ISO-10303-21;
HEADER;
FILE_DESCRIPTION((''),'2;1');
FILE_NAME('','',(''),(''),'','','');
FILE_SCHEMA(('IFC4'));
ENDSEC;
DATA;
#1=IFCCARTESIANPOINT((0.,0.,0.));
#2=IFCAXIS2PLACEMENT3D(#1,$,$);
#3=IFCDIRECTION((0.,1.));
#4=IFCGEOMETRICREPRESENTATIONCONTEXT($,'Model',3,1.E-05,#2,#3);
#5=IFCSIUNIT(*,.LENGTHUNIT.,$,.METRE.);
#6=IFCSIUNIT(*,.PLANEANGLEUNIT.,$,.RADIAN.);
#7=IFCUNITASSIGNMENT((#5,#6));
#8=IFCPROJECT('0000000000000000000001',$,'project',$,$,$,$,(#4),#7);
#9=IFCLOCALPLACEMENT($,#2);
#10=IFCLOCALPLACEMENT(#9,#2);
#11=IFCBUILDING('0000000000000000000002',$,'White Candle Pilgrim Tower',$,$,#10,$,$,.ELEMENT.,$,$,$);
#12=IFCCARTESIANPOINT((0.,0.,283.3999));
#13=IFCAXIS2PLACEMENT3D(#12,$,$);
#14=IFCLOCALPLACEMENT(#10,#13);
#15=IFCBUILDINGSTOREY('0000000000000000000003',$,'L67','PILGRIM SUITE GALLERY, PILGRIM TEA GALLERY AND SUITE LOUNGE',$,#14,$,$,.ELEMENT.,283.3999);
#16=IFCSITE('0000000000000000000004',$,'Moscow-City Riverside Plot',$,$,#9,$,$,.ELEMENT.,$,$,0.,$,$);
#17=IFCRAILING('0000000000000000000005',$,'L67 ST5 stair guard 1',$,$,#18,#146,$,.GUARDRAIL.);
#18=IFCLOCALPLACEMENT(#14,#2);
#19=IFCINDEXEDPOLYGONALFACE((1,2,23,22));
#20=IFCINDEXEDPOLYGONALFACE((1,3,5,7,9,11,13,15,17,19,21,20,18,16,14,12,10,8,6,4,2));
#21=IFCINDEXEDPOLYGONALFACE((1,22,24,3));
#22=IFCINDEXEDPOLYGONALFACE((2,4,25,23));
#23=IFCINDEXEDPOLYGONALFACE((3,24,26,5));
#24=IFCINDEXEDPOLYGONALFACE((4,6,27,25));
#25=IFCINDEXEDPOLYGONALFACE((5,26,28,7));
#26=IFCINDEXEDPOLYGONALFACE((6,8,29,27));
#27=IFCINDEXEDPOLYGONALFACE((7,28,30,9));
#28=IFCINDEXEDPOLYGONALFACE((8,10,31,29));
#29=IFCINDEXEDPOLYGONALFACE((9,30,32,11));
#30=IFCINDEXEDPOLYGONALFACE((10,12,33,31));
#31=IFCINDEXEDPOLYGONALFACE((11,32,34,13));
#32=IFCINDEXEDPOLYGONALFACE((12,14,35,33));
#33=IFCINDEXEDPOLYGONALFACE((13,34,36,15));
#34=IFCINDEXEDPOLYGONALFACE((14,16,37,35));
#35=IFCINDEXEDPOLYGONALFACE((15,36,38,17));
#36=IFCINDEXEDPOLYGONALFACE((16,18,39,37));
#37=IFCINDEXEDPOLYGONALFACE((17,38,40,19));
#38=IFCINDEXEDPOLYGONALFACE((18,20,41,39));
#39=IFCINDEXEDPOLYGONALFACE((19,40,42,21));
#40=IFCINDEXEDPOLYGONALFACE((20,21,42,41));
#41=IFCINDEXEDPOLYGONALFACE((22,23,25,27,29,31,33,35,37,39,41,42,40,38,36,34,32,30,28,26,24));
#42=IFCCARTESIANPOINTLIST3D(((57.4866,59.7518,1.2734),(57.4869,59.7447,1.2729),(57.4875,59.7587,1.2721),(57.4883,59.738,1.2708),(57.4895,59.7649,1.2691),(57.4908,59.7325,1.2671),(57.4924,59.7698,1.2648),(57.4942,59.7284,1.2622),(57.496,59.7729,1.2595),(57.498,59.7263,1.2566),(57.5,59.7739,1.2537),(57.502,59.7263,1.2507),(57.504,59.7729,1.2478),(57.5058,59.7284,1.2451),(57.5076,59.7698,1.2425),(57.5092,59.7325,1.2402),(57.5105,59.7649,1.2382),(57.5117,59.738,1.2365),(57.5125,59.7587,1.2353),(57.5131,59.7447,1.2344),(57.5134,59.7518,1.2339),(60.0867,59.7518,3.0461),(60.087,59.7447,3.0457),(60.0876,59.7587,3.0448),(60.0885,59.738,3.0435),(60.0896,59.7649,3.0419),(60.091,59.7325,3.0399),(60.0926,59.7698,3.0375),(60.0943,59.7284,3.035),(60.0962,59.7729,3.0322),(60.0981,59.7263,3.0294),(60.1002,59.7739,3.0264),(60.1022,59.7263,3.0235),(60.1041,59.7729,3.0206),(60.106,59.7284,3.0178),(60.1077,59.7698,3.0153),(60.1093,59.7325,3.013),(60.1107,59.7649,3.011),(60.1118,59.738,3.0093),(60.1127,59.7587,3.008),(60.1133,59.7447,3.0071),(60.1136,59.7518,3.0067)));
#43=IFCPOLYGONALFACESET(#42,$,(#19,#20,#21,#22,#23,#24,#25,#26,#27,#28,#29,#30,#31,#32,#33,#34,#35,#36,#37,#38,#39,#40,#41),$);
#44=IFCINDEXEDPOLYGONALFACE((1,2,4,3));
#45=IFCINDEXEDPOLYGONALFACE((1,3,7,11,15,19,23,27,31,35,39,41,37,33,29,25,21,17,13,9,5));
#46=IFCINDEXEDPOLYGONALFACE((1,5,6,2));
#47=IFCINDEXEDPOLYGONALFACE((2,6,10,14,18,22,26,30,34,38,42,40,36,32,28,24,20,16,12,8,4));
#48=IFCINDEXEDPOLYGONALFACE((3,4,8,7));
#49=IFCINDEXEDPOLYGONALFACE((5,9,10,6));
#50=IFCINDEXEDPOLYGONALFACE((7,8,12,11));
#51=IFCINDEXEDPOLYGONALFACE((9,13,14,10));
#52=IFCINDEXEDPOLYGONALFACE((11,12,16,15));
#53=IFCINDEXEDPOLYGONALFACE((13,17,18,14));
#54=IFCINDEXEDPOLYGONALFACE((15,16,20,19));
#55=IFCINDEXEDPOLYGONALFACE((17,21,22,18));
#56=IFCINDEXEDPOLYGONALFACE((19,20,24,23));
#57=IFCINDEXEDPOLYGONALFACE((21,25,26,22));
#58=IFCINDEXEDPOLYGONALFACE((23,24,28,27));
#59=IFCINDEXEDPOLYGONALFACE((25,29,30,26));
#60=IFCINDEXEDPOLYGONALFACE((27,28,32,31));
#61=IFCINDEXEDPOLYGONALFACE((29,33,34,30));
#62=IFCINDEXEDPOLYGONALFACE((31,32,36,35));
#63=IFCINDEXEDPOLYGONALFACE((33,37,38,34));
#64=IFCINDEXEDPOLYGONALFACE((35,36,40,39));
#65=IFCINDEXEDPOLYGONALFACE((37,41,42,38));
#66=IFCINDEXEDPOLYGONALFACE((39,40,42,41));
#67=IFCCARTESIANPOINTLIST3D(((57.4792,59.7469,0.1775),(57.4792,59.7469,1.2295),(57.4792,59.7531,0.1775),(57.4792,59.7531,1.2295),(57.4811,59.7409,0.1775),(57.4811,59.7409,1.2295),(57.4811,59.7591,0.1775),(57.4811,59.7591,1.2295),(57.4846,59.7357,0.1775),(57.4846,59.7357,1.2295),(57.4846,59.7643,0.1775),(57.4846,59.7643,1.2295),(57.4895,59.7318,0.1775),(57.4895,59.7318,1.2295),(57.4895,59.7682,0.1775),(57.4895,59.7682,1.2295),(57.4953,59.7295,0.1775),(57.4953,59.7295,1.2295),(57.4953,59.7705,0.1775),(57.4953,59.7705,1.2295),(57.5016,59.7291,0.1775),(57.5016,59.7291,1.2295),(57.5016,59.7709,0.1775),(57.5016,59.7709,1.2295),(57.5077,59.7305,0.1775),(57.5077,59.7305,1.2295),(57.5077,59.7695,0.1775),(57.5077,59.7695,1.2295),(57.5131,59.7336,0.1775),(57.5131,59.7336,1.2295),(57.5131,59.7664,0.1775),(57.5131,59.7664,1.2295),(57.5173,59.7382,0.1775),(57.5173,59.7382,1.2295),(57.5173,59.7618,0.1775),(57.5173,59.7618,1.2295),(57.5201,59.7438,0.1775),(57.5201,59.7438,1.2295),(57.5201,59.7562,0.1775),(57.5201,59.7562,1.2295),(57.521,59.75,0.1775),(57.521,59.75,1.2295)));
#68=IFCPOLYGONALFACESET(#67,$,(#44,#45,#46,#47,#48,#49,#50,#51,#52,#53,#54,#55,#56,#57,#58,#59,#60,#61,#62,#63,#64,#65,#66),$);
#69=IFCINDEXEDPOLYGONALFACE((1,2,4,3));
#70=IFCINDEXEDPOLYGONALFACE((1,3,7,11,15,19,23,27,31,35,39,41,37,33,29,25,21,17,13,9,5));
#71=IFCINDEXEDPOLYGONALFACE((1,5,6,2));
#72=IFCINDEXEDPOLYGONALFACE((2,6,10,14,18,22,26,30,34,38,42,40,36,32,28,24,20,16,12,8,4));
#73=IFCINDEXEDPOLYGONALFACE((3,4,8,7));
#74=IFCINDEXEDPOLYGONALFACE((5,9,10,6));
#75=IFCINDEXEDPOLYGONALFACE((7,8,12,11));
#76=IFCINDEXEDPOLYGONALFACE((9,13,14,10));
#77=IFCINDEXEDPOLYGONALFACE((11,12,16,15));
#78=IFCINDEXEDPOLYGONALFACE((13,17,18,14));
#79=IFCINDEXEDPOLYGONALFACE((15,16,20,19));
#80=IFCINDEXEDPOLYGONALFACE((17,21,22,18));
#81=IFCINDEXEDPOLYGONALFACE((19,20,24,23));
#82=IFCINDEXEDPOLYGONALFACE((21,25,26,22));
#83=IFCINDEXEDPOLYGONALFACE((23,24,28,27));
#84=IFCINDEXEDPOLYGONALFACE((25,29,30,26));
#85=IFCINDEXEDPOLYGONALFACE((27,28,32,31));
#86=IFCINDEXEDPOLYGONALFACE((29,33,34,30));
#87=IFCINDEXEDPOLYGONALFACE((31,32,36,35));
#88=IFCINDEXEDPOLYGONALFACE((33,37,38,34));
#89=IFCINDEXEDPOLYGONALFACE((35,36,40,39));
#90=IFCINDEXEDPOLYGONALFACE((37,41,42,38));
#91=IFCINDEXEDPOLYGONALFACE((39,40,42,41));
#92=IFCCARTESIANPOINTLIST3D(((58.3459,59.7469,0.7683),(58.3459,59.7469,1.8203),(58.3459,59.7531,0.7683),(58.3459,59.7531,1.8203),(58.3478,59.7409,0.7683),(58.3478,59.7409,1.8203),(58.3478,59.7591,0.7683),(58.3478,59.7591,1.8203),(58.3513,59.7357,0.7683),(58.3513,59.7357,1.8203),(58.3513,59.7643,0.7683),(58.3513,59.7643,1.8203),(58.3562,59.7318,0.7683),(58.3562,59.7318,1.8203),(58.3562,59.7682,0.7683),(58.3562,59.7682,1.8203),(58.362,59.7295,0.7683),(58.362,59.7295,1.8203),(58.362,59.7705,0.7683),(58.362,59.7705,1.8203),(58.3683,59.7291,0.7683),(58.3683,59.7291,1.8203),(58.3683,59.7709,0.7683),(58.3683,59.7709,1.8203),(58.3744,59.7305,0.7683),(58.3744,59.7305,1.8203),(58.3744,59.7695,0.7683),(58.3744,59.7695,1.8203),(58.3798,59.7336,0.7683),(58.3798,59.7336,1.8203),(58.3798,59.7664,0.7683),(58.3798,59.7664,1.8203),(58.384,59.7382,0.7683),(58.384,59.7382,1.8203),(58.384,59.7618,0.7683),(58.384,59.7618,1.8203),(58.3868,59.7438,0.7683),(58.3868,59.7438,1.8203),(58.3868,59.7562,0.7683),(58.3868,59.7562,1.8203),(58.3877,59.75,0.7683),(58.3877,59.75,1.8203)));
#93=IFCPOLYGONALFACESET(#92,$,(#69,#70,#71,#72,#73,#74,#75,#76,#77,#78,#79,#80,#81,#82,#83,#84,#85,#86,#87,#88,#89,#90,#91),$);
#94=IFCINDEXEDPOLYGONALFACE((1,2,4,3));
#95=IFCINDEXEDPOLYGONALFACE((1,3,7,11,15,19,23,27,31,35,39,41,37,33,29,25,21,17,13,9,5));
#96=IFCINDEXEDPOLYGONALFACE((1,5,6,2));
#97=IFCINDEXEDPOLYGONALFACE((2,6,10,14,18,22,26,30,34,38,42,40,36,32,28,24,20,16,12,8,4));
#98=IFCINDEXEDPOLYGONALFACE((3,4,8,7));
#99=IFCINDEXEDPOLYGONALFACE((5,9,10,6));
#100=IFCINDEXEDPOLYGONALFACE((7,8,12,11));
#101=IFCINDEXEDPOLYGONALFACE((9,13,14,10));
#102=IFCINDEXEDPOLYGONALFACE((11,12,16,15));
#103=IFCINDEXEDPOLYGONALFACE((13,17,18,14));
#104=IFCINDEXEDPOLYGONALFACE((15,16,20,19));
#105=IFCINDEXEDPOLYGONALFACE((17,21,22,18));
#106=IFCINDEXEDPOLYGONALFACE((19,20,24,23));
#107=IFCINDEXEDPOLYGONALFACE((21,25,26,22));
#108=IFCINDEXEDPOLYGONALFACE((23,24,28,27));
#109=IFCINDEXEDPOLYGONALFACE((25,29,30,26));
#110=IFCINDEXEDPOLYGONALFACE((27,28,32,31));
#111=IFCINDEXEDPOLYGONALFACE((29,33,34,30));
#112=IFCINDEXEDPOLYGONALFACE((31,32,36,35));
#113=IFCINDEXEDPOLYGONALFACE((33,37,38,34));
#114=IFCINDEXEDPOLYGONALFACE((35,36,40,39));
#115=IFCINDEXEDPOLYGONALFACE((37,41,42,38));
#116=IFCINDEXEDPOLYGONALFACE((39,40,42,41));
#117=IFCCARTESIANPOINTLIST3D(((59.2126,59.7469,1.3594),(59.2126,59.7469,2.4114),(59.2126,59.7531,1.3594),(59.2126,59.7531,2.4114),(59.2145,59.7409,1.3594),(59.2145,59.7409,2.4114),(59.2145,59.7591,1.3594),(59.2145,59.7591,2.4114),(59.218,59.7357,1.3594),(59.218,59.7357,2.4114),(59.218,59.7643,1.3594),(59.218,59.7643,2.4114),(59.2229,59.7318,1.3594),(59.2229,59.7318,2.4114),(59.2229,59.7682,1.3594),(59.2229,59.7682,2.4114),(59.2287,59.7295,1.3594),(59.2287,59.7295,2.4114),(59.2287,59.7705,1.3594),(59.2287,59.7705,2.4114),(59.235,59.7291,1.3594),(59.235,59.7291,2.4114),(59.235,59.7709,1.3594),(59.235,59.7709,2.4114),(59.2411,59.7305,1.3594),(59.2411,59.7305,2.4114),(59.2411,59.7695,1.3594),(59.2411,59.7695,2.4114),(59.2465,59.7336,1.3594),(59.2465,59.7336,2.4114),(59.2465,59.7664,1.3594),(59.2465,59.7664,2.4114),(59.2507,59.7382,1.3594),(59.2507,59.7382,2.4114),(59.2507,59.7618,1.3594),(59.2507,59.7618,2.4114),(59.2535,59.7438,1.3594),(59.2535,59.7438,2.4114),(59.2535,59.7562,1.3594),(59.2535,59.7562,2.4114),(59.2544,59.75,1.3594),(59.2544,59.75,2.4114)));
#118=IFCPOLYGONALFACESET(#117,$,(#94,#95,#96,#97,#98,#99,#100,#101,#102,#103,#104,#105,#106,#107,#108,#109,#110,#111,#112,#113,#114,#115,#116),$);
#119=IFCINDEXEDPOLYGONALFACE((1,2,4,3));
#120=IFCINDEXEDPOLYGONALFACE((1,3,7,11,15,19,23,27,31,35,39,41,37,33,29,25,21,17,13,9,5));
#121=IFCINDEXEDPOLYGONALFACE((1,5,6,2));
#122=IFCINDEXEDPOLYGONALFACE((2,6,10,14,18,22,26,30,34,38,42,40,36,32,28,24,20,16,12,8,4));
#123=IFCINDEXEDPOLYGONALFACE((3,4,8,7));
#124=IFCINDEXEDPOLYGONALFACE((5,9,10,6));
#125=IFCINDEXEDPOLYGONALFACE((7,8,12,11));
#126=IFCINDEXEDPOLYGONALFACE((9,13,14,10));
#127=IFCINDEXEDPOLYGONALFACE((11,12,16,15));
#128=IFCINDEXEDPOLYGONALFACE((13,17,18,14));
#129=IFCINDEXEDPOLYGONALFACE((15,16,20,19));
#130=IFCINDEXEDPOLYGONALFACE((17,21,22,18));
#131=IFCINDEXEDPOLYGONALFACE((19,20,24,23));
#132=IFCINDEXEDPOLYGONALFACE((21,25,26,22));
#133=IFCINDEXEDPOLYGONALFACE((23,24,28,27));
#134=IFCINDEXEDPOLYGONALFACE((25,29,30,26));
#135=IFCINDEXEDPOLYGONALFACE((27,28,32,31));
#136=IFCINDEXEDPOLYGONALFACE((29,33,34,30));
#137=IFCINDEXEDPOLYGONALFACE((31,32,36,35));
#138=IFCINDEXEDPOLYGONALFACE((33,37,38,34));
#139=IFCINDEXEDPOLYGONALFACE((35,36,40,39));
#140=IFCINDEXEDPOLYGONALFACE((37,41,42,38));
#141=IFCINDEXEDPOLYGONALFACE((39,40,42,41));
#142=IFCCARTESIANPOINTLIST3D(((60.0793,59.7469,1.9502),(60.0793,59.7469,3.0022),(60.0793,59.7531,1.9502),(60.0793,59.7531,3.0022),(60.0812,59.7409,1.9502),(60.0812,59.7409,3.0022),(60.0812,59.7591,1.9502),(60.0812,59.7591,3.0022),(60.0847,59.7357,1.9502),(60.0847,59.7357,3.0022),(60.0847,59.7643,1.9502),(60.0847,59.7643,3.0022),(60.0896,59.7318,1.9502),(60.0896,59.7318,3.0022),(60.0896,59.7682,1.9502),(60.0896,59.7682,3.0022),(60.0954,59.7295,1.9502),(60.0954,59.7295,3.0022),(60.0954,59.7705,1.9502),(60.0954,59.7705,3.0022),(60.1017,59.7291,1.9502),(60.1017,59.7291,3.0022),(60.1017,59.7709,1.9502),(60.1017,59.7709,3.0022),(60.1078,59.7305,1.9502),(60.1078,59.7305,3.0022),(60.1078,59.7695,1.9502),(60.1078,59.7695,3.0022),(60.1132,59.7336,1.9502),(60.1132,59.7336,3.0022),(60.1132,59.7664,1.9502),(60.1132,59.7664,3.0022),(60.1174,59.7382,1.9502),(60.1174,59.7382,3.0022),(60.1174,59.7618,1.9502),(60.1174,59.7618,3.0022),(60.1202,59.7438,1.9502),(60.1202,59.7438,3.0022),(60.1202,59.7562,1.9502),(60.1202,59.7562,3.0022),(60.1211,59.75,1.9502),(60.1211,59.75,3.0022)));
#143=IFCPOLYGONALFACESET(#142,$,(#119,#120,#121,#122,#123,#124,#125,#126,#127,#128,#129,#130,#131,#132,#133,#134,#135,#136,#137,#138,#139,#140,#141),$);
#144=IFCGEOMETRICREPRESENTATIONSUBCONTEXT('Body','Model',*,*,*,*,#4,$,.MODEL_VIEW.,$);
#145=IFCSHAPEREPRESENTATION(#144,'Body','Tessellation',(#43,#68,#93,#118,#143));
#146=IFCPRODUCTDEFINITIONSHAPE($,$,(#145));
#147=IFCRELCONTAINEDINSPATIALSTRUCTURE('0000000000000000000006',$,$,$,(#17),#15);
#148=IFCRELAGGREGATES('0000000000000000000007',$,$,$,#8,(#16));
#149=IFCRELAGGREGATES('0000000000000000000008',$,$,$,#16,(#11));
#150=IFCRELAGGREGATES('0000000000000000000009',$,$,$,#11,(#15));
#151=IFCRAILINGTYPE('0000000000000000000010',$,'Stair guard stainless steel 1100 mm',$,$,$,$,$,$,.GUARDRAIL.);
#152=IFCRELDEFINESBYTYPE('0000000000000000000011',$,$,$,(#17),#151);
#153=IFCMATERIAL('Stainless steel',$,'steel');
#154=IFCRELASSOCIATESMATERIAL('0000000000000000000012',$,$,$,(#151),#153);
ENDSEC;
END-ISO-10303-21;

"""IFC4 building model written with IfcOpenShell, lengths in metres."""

from ifc_helpers import new_model, si_unit, direction, frame, origin, origin_2d, place, context, subcontext, project, spatial, circle, extrude, material, type_object, element, save


model = new_model("IFC4")

# Units and contexts
model_context = context("Model", 3, precision=1e-05, world=origin(), true_north=direction((0.0, 1.0)))
body_context = subcontext(model_context, "Body", "Model", "MODEL_VIEW")
ifc_project = project(units=[si_unit("LENGTHUNIT", "METRE"), si_unit("PLANEANGLEUNIT", "RADIAN")], contexts=[model_context])

# Site, building, storey
site_placement = place(None, origin())
site = spatial("IfcSite", under=ifc_project, at=site_placement, Name="Moscow-City Riverside Plot", CompositionType="ELEMENT", RefElevation=0.0)
building_placement = place(site_placement, origin())
building = spatial("IfcBuilding", under=site, at=building_placement, Name="White Candle Pilgrim Tower", CompositionType="ELEMENT")
storey_placement = place(building_placement, frame((0.0, 0.0, 283.3999)))
storey = spatial("IfcBuildingStorey", under=building, at=storey_placement, Name="L67", Description="PILGRIM SUITE GALLERY, PILGRIM TEA GALLERY AND SUITE LOUNGE", CompositionType="ELEMENT", Elevation=283.3999)

# Railing
ifc_material_1 = material(Name="Stainless steel", Category="steel")
railing_type_1 = type_object("IfcRailingType", Name="Stair guard stainless steel 1100 mm", PredefinedType="GUARDRAIL", material=ifc_material_1)
railing_1_placement = place(storey_placement, frame((57.5, 59.75, 0.1775)))
element("IfcRailing", 1, at=railing_1_placement, inside=storey, type_object=railing_type_1, Name="L67 ST5 stair guard 1", PredefinedType="GUARDRAIL", context=body_context, shape_type="SweptSolid", body=[
    extrude(circle(Radius=0.0239, at=origin_2d()), frame((0.0, 0.0, 1.0762), z_axis=(0.82624, 0.0, 0.563318), x_axis=(0.0, 1.0, 0.0)), (0.0, 0.0, 1.0), 3.147),
    extrude(circle(Radius=0.021, at=origin_2d()), origin(), (0.0, 0.0, 1.0), 1.052),
    extrude(circle(Radius=0.021, at=origin_2d()), frame((0.8667, 0.0, 0.5908)), (0.0, 0.0, 1.0), 1.052),
    extrude(circle(Radius=0.021, at=origin_2d()), frame((1.7334, 0.0, 1.1819)), (0.0, 0.0, 1.0), 1.052),
    extrude(circle(Radius=0.021, at=origin_2d()), frame((2.6001, 0.0, 1.7727)), (0.0, 0.0, 1.0), 1.052),
])

save(model, "model.ifc")
